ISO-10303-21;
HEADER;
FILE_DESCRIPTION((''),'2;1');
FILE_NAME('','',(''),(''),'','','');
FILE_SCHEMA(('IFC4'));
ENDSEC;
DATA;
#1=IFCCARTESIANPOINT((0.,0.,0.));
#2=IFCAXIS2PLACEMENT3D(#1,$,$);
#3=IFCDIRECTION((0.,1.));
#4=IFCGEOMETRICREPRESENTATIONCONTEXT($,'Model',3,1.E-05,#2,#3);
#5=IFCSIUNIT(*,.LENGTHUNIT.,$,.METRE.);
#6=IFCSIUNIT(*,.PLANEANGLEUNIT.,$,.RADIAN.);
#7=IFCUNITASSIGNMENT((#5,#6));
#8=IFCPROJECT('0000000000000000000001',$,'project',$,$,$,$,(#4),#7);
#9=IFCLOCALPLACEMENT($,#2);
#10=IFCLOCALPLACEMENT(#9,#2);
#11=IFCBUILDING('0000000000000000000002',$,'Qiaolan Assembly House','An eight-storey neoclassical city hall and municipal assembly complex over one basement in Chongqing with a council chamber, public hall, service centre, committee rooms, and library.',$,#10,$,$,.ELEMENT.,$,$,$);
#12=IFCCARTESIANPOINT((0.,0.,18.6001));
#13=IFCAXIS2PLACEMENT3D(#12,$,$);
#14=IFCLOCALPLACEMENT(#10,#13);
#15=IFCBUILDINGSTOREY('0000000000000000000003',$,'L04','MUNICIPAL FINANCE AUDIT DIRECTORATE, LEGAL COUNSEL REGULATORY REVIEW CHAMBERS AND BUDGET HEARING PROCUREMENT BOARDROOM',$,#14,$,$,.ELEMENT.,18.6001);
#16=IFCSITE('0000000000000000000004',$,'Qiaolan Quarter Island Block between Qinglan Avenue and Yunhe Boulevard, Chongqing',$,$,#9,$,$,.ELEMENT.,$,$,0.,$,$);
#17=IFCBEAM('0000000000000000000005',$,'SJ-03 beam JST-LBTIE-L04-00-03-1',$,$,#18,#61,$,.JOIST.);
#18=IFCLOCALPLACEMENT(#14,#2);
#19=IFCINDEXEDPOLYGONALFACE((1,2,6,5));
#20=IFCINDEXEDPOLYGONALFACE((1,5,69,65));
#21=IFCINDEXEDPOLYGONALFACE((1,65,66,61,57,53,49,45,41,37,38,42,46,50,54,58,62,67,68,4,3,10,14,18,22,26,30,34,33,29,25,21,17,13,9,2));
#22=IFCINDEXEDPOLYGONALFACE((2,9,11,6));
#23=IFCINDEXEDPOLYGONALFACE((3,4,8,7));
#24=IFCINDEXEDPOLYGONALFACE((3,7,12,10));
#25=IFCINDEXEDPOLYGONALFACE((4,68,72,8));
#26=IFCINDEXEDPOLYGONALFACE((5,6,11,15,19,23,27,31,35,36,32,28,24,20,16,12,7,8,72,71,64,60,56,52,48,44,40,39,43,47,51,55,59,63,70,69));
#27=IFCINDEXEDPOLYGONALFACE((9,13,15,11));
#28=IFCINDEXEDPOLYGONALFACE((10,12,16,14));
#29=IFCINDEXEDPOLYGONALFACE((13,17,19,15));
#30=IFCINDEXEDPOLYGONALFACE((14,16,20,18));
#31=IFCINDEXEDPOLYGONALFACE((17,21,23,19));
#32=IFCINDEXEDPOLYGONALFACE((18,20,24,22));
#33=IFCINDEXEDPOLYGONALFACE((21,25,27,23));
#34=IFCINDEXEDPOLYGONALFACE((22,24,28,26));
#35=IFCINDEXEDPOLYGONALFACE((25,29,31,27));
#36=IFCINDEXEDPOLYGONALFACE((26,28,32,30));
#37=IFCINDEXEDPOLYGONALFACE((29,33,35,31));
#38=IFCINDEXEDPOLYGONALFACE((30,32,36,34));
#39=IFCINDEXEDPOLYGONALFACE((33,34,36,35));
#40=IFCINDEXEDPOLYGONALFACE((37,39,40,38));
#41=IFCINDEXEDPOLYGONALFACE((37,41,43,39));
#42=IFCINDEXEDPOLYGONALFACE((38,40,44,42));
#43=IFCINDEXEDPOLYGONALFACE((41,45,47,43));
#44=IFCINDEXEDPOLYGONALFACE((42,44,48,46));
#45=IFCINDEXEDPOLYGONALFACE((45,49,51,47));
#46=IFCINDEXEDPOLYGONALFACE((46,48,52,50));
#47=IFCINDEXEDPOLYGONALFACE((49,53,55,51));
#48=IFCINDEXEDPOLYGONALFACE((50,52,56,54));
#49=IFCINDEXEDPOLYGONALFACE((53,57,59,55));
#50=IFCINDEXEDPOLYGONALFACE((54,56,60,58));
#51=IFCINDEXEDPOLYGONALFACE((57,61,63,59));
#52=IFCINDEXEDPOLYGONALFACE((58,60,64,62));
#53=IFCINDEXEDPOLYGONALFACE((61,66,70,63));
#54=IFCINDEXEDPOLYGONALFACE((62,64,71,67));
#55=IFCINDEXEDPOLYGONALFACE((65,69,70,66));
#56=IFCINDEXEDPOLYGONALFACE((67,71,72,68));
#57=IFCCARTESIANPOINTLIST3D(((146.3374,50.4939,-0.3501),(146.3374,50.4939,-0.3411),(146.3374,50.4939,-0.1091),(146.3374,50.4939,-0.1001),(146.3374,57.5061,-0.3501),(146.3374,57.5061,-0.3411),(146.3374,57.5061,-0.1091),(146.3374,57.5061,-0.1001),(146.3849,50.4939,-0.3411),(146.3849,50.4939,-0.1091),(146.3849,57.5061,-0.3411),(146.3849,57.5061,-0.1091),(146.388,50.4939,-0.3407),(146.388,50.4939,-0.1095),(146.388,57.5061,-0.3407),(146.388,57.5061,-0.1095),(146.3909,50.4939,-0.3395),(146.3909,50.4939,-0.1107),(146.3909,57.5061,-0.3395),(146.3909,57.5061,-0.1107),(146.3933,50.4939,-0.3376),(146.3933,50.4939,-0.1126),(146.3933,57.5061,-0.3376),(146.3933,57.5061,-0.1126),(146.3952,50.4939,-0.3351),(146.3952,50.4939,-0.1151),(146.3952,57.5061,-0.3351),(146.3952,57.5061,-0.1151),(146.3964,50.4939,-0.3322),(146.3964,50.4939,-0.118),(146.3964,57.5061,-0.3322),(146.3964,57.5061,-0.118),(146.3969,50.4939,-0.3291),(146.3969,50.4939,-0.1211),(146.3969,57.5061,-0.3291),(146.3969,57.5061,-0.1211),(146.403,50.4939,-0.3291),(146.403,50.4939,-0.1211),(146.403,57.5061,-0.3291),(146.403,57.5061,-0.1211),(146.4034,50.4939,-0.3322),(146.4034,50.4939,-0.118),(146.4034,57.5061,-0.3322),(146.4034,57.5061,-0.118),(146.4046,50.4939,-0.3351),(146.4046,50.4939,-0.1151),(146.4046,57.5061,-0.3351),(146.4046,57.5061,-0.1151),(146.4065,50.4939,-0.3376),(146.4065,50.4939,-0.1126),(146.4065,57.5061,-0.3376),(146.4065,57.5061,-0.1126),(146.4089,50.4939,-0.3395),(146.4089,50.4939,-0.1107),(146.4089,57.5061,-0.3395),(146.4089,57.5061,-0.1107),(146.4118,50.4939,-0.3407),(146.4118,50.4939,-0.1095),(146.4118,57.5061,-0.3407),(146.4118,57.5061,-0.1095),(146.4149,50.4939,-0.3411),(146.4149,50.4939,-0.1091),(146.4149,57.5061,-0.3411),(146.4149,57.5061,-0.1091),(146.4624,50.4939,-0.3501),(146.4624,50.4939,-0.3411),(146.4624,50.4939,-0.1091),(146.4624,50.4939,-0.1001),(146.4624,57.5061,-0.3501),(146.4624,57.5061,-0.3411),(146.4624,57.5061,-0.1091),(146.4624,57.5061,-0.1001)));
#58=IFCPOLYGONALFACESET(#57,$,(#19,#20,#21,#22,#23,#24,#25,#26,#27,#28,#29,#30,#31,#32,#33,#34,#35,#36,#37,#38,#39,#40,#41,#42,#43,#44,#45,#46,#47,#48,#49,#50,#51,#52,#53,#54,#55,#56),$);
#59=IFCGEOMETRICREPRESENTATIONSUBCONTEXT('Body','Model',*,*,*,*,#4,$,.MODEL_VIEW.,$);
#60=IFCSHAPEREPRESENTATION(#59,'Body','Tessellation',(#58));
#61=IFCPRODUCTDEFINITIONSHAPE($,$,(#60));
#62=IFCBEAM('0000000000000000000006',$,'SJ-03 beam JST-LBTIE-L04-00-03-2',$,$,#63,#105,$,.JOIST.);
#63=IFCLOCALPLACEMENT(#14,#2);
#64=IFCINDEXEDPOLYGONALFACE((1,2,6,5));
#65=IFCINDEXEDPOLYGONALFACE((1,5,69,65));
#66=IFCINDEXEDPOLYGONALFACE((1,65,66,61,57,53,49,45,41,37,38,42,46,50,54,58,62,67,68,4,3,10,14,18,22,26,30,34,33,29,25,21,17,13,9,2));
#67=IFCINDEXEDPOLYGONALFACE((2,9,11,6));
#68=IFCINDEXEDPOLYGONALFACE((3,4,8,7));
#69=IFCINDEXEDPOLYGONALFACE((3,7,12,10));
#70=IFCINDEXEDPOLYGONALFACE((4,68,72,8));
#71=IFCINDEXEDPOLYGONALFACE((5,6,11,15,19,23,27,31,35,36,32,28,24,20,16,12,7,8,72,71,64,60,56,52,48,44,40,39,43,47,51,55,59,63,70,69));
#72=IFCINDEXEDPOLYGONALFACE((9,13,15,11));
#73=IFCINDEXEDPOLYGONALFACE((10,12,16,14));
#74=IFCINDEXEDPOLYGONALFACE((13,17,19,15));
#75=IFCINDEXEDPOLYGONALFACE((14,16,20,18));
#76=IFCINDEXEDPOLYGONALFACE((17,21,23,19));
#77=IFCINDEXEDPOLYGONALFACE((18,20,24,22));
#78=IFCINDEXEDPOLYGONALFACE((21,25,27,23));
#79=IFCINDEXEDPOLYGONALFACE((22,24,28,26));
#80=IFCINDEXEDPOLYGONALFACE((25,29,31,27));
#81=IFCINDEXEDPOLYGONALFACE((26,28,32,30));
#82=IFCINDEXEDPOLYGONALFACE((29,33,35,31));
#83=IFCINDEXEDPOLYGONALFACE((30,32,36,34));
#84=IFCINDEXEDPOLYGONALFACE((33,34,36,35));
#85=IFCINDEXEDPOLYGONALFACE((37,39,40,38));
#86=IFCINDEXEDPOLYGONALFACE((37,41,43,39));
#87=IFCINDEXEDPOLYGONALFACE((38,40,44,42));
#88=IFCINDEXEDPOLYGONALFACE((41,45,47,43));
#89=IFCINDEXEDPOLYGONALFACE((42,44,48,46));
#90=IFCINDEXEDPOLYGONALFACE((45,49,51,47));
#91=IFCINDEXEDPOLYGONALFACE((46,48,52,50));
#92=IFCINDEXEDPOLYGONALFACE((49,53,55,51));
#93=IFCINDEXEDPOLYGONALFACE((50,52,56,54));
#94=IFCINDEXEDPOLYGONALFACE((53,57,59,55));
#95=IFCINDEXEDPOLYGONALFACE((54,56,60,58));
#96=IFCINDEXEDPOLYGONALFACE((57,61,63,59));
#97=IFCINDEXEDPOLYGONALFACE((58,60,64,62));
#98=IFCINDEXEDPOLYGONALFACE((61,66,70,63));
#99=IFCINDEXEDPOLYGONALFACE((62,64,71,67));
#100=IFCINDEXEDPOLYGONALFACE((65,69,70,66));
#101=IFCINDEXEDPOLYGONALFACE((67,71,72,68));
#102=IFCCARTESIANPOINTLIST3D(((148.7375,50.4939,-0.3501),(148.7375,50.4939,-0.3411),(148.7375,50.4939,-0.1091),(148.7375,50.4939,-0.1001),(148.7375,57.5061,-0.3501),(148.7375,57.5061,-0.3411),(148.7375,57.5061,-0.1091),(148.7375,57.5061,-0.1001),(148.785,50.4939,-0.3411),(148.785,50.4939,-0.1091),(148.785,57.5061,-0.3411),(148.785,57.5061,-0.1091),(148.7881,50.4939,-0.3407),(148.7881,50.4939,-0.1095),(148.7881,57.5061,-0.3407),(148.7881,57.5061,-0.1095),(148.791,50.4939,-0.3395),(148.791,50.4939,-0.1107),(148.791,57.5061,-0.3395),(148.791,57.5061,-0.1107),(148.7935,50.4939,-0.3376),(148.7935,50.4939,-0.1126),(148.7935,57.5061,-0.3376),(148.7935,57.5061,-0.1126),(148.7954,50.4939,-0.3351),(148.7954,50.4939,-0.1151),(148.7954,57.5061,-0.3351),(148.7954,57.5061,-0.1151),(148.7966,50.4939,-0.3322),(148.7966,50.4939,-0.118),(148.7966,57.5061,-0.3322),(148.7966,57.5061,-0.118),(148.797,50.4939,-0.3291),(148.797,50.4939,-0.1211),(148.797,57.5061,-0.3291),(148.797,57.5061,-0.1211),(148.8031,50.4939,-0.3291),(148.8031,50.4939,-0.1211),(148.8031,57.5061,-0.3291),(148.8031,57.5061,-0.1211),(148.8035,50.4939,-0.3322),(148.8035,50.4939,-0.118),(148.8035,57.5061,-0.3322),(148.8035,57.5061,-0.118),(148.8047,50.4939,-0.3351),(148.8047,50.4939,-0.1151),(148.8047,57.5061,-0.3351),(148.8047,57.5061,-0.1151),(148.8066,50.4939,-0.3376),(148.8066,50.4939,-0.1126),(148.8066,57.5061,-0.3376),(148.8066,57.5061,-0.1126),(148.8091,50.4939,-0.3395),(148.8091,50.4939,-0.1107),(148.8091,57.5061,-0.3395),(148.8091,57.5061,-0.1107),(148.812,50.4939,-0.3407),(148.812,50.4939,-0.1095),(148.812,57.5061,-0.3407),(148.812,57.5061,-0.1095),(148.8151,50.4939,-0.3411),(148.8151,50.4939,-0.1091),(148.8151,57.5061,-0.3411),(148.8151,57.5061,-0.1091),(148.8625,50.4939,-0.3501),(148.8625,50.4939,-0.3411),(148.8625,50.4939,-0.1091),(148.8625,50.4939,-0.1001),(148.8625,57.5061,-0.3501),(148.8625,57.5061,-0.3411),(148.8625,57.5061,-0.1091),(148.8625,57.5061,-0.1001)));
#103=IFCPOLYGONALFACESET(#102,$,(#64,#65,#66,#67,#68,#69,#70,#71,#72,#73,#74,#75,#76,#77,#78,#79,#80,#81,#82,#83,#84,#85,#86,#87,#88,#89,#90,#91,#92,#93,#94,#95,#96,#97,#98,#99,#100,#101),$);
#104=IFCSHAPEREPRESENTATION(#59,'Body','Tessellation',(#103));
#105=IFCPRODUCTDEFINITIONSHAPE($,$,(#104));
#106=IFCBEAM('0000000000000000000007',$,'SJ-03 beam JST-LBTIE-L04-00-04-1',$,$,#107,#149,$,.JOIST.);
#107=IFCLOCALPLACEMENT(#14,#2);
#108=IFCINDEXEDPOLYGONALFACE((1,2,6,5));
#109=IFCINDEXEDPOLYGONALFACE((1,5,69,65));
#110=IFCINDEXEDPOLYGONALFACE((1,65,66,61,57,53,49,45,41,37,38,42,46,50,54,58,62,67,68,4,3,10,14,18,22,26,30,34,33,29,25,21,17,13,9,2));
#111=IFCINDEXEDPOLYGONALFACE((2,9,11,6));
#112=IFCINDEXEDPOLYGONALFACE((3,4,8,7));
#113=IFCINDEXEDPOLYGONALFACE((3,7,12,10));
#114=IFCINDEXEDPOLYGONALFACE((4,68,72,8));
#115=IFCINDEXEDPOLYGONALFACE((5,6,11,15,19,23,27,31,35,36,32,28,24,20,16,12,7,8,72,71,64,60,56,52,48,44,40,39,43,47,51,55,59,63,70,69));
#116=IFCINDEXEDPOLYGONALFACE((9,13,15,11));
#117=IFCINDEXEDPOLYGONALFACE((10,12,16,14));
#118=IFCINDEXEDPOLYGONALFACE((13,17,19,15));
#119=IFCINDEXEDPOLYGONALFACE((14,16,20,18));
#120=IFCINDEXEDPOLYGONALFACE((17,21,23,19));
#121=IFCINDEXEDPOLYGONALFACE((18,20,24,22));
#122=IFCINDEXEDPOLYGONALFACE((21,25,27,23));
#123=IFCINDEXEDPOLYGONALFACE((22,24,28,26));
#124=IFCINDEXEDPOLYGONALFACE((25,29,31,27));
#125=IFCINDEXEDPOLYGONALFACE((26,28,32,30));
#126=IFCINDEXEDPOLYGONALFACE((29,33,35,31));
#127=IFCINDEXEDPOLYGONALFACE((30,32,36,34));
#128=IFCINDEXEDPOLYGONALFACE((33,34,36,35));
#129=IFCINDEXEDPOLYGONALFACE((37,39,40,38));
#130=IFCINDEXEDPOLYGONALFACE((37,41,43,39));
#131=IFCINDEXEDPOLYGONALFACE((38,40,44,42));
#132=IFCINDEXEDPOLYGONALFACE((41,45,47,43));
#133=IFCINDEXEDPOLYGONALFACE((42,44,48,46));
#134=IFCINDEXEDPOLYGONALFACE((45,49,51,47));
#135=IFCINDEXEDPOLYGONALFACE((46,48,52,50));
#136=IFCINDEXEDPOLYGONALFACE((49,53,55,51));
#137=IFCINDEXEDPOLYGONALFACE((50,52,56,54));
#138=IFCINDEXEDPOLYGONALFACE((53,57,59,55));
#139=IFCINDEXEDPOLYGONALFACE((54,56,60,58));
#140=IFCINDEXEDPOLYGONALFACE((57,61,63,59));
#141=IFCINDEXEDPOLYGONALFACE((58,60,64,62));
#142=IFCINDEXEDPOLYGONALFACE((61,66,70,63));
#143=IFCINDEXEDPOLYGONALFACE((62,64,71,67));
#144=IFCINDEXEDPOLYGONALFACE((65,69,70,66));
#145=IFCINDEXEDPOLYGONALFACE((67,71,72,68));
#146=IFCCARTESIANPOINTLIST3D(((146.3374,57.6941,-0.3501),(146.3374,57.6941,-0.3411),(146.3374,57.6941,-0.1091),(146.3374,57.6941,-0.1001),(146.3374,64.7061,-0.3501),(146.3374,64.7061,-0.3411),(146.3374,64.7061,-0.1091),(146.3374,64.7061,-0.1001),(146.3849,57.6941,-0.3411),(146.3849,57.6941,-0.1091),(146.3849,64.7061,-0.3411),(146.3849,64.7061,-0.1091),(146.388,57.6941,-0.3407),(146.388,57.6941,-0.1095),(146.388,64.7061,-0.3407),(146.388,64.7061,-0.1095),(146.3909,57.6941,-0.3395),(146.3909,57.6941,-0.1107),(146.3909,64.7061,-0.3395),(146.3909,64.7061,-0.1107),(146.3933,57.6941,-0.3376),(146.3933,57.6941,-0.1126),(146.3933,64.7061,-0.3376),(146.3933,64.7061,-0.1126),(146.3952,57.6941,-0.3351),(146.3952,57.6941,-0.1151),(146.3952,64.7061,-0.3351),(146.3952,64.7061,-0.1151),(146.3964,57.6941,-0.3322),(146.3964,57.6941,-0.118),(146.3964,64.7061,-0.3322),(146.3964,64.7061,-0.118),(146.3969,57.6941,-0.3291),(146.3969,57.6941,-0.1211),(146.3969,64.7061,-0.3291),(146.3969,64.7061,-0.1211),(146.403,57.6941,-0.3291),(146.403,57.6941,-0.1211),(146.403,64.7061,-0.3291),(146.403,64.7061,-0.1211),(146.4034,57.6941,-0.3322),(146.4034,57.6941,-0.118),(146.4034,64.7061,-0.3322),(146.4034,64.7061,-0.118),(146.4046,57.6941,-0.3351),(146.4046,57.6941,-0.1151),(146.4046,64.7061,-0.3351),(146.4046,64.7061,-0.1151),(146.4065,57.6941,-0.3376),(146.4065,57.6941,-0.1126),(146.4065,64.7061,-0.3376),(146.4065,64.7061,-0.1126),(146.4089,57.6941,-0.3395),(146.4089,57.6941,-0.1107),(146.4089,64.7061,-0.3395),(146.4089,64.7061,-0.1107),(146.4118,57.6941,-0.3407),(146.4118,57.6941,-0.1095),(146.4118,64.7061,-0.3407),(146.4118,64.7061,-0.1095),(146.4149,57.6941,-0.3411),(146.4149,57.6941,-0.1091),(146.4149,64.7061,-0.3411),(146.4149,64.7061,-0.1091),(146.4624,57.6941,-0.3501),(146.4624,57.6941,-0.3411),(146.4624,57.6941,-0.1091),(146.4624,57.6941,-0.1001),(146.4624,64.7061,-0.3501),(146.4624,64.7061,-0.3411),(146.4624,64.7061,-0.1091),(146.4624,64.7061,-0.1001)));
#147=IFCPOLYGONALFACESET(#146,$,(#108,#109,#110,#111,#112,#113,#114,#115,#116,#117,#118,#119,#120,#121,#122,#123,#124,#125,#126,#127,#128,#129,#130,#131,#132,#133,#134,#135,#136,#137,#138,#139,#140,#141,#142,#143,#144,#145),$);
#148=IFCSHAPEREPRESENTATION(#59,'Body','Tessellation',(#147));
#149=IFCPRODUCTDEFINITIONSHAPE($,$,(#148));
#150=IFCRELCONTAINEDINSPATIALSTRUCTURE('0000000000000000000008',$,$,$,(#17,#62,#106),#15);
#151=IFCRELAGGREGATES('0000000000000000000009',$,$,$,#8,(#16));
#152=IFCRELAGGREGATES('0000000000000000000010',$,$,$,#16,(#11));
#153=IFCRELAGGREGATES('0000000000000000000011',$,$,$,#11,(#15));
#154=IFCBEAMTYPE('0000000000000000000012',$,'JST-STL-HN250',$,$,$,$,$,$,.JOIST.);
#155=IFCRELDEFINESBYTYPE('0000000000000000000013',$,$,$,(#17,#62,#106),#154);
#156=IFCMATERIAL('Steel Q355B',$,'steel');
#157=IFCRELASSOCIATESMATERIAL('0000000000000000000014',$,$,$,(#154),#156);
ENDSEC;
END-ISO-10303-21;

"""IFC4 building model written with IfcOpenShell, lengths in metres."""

from ifc_helpers import new_model, si_unit, direction, frame, origin, origin_2d, place, context, subcontext, project, spatial, i_section, extrude, material, material_profile, profile_set, type_object, element, save


model = new_model("IFC4")

# Units and contexts
model_context = context("Model", 3, precision=1e-05, world=origin(), true_north=direction((0.0, 1.0)))
body_context = subcontext(model_context, "Body", "Model", "MODEL_VIEW")
ifc_project = project(units=[si_unit("LENGTHUNIT", "METRE"), si_unit("PLANEANGLEUNIT", "RADIAN")], contexts=[model_context])

# Site, building, storey
site_placement = place(None, origin())
site = spatial("IfcSite", under=ifc_project, at=site_placement, Name="Qiaolan Quarter Island Block between Qinglan Avenue and Yunhe Boulevard, Chongqing", CompositionType="ELEMENT", RefElevation=0.0)
building_placement = place(site_placement, origin())
building = spatial("IfcBuilding", under=site, at=building_placement, Name="Qiaolan Assembly House", Description="An eight-storey neoclassical city hall and municipal assembly complex over one basement in Chongqing with a council chamber, public hall, service centre, committee rooms, and library.", CompositionType="ELEMENT")
storey_placement = place(building_placement, frame((0.0, 0.0, 18.6001)))
storey = spatial("IfcBuildingStorey", under=building, at=storey_placement, Name="L04", Description="MUNICIPAL FINANCE AUDIT DIRECTORATE, LEGAL COUNSEL REGULATORY REVIEW CHAMBERS AND BUDGET HEARING PROCUREMENT BOARDROOM", CompositionType="ELEMENT", Elevation=18.6001)

# Beams
ifc_material = material(Name="Steel Q355B", Category="steel")
ifc_material_profile_1 = material_profile(ifc_material, i_section(OverallWidth=0.125, OverallDepth=0.25, WebThickness=0.0061, FlangeThickness=0.009, FilletRadius=0.012, at=origin_2d()), Name="HN 250x125x6x9")
ifc_profile_set_1 = profile_set([ifc_material_profile_1], Name="Steel Q355B")
beam_type_1 = type_object("IfcBeamType", Name="JST-STL-HN250", PredefinedType="JOIST", material=ifc_profile_set_1)
for number, where, z_axis, x_axis, name in (
    (1, (146.3999, 50.4939, -0.2251), (0.0, 1.0, 0.0), (-1.0, 0.0, 0.0), "SJ-03 beam JST-LBTIE-L04-00-03-1"),
    (2, (148.8, 50.4939, -0.2251), (0.0, 1.0, 0.0), (-1.0, 0.0, 0.0), "SJ-03 beam JST-LBTIE-L04-00-03-2"),
):
    element("IfcBeam", number, at=place(storey_placement, frame(where, z_axis=z_axis, x_axis=x_axis)), inside=storey, type_object=beam_type_1, Name=name, PredefinedType="JOIST", context=body_context, shape_type="SweptSolid", body=[
        extrude(i_section(OverallWidth=0.125, OverallDepth=0.25, WebThickness=0.0061, FlangeThickness=0.009, FilletRadius=0.012, at=origin_2d()), origin(), (0.0, 0.0, 1.0), 7.0122),
    ])
beam_placement = place(storey_placement, frame((146.3999, 57.6941, -0.2251), z_axis=(0.0, 1.0, 0.0), x_axis=(-1.0, 0.0, 0.0)))
element("IfcBeam", 3, at=beam_placement, inside=storey, type_object=beam_type_1, Name="SJ-03 beam JST-LBTIE-L04-00-04-1", PredefinedType="JOIST", context=body_context, shape_type="SweptSolid", body=[
    extrude(i_section(OverallWidth=0.125, OverallDepth=0.25, WebThickness=0.0061, FlangeThickness=0.009, FilletRadius=0.012, at=origin_2d()), origin(), (0.0, 0.0, 1.0), 7.012),
])

save(model, "model.ifc")
